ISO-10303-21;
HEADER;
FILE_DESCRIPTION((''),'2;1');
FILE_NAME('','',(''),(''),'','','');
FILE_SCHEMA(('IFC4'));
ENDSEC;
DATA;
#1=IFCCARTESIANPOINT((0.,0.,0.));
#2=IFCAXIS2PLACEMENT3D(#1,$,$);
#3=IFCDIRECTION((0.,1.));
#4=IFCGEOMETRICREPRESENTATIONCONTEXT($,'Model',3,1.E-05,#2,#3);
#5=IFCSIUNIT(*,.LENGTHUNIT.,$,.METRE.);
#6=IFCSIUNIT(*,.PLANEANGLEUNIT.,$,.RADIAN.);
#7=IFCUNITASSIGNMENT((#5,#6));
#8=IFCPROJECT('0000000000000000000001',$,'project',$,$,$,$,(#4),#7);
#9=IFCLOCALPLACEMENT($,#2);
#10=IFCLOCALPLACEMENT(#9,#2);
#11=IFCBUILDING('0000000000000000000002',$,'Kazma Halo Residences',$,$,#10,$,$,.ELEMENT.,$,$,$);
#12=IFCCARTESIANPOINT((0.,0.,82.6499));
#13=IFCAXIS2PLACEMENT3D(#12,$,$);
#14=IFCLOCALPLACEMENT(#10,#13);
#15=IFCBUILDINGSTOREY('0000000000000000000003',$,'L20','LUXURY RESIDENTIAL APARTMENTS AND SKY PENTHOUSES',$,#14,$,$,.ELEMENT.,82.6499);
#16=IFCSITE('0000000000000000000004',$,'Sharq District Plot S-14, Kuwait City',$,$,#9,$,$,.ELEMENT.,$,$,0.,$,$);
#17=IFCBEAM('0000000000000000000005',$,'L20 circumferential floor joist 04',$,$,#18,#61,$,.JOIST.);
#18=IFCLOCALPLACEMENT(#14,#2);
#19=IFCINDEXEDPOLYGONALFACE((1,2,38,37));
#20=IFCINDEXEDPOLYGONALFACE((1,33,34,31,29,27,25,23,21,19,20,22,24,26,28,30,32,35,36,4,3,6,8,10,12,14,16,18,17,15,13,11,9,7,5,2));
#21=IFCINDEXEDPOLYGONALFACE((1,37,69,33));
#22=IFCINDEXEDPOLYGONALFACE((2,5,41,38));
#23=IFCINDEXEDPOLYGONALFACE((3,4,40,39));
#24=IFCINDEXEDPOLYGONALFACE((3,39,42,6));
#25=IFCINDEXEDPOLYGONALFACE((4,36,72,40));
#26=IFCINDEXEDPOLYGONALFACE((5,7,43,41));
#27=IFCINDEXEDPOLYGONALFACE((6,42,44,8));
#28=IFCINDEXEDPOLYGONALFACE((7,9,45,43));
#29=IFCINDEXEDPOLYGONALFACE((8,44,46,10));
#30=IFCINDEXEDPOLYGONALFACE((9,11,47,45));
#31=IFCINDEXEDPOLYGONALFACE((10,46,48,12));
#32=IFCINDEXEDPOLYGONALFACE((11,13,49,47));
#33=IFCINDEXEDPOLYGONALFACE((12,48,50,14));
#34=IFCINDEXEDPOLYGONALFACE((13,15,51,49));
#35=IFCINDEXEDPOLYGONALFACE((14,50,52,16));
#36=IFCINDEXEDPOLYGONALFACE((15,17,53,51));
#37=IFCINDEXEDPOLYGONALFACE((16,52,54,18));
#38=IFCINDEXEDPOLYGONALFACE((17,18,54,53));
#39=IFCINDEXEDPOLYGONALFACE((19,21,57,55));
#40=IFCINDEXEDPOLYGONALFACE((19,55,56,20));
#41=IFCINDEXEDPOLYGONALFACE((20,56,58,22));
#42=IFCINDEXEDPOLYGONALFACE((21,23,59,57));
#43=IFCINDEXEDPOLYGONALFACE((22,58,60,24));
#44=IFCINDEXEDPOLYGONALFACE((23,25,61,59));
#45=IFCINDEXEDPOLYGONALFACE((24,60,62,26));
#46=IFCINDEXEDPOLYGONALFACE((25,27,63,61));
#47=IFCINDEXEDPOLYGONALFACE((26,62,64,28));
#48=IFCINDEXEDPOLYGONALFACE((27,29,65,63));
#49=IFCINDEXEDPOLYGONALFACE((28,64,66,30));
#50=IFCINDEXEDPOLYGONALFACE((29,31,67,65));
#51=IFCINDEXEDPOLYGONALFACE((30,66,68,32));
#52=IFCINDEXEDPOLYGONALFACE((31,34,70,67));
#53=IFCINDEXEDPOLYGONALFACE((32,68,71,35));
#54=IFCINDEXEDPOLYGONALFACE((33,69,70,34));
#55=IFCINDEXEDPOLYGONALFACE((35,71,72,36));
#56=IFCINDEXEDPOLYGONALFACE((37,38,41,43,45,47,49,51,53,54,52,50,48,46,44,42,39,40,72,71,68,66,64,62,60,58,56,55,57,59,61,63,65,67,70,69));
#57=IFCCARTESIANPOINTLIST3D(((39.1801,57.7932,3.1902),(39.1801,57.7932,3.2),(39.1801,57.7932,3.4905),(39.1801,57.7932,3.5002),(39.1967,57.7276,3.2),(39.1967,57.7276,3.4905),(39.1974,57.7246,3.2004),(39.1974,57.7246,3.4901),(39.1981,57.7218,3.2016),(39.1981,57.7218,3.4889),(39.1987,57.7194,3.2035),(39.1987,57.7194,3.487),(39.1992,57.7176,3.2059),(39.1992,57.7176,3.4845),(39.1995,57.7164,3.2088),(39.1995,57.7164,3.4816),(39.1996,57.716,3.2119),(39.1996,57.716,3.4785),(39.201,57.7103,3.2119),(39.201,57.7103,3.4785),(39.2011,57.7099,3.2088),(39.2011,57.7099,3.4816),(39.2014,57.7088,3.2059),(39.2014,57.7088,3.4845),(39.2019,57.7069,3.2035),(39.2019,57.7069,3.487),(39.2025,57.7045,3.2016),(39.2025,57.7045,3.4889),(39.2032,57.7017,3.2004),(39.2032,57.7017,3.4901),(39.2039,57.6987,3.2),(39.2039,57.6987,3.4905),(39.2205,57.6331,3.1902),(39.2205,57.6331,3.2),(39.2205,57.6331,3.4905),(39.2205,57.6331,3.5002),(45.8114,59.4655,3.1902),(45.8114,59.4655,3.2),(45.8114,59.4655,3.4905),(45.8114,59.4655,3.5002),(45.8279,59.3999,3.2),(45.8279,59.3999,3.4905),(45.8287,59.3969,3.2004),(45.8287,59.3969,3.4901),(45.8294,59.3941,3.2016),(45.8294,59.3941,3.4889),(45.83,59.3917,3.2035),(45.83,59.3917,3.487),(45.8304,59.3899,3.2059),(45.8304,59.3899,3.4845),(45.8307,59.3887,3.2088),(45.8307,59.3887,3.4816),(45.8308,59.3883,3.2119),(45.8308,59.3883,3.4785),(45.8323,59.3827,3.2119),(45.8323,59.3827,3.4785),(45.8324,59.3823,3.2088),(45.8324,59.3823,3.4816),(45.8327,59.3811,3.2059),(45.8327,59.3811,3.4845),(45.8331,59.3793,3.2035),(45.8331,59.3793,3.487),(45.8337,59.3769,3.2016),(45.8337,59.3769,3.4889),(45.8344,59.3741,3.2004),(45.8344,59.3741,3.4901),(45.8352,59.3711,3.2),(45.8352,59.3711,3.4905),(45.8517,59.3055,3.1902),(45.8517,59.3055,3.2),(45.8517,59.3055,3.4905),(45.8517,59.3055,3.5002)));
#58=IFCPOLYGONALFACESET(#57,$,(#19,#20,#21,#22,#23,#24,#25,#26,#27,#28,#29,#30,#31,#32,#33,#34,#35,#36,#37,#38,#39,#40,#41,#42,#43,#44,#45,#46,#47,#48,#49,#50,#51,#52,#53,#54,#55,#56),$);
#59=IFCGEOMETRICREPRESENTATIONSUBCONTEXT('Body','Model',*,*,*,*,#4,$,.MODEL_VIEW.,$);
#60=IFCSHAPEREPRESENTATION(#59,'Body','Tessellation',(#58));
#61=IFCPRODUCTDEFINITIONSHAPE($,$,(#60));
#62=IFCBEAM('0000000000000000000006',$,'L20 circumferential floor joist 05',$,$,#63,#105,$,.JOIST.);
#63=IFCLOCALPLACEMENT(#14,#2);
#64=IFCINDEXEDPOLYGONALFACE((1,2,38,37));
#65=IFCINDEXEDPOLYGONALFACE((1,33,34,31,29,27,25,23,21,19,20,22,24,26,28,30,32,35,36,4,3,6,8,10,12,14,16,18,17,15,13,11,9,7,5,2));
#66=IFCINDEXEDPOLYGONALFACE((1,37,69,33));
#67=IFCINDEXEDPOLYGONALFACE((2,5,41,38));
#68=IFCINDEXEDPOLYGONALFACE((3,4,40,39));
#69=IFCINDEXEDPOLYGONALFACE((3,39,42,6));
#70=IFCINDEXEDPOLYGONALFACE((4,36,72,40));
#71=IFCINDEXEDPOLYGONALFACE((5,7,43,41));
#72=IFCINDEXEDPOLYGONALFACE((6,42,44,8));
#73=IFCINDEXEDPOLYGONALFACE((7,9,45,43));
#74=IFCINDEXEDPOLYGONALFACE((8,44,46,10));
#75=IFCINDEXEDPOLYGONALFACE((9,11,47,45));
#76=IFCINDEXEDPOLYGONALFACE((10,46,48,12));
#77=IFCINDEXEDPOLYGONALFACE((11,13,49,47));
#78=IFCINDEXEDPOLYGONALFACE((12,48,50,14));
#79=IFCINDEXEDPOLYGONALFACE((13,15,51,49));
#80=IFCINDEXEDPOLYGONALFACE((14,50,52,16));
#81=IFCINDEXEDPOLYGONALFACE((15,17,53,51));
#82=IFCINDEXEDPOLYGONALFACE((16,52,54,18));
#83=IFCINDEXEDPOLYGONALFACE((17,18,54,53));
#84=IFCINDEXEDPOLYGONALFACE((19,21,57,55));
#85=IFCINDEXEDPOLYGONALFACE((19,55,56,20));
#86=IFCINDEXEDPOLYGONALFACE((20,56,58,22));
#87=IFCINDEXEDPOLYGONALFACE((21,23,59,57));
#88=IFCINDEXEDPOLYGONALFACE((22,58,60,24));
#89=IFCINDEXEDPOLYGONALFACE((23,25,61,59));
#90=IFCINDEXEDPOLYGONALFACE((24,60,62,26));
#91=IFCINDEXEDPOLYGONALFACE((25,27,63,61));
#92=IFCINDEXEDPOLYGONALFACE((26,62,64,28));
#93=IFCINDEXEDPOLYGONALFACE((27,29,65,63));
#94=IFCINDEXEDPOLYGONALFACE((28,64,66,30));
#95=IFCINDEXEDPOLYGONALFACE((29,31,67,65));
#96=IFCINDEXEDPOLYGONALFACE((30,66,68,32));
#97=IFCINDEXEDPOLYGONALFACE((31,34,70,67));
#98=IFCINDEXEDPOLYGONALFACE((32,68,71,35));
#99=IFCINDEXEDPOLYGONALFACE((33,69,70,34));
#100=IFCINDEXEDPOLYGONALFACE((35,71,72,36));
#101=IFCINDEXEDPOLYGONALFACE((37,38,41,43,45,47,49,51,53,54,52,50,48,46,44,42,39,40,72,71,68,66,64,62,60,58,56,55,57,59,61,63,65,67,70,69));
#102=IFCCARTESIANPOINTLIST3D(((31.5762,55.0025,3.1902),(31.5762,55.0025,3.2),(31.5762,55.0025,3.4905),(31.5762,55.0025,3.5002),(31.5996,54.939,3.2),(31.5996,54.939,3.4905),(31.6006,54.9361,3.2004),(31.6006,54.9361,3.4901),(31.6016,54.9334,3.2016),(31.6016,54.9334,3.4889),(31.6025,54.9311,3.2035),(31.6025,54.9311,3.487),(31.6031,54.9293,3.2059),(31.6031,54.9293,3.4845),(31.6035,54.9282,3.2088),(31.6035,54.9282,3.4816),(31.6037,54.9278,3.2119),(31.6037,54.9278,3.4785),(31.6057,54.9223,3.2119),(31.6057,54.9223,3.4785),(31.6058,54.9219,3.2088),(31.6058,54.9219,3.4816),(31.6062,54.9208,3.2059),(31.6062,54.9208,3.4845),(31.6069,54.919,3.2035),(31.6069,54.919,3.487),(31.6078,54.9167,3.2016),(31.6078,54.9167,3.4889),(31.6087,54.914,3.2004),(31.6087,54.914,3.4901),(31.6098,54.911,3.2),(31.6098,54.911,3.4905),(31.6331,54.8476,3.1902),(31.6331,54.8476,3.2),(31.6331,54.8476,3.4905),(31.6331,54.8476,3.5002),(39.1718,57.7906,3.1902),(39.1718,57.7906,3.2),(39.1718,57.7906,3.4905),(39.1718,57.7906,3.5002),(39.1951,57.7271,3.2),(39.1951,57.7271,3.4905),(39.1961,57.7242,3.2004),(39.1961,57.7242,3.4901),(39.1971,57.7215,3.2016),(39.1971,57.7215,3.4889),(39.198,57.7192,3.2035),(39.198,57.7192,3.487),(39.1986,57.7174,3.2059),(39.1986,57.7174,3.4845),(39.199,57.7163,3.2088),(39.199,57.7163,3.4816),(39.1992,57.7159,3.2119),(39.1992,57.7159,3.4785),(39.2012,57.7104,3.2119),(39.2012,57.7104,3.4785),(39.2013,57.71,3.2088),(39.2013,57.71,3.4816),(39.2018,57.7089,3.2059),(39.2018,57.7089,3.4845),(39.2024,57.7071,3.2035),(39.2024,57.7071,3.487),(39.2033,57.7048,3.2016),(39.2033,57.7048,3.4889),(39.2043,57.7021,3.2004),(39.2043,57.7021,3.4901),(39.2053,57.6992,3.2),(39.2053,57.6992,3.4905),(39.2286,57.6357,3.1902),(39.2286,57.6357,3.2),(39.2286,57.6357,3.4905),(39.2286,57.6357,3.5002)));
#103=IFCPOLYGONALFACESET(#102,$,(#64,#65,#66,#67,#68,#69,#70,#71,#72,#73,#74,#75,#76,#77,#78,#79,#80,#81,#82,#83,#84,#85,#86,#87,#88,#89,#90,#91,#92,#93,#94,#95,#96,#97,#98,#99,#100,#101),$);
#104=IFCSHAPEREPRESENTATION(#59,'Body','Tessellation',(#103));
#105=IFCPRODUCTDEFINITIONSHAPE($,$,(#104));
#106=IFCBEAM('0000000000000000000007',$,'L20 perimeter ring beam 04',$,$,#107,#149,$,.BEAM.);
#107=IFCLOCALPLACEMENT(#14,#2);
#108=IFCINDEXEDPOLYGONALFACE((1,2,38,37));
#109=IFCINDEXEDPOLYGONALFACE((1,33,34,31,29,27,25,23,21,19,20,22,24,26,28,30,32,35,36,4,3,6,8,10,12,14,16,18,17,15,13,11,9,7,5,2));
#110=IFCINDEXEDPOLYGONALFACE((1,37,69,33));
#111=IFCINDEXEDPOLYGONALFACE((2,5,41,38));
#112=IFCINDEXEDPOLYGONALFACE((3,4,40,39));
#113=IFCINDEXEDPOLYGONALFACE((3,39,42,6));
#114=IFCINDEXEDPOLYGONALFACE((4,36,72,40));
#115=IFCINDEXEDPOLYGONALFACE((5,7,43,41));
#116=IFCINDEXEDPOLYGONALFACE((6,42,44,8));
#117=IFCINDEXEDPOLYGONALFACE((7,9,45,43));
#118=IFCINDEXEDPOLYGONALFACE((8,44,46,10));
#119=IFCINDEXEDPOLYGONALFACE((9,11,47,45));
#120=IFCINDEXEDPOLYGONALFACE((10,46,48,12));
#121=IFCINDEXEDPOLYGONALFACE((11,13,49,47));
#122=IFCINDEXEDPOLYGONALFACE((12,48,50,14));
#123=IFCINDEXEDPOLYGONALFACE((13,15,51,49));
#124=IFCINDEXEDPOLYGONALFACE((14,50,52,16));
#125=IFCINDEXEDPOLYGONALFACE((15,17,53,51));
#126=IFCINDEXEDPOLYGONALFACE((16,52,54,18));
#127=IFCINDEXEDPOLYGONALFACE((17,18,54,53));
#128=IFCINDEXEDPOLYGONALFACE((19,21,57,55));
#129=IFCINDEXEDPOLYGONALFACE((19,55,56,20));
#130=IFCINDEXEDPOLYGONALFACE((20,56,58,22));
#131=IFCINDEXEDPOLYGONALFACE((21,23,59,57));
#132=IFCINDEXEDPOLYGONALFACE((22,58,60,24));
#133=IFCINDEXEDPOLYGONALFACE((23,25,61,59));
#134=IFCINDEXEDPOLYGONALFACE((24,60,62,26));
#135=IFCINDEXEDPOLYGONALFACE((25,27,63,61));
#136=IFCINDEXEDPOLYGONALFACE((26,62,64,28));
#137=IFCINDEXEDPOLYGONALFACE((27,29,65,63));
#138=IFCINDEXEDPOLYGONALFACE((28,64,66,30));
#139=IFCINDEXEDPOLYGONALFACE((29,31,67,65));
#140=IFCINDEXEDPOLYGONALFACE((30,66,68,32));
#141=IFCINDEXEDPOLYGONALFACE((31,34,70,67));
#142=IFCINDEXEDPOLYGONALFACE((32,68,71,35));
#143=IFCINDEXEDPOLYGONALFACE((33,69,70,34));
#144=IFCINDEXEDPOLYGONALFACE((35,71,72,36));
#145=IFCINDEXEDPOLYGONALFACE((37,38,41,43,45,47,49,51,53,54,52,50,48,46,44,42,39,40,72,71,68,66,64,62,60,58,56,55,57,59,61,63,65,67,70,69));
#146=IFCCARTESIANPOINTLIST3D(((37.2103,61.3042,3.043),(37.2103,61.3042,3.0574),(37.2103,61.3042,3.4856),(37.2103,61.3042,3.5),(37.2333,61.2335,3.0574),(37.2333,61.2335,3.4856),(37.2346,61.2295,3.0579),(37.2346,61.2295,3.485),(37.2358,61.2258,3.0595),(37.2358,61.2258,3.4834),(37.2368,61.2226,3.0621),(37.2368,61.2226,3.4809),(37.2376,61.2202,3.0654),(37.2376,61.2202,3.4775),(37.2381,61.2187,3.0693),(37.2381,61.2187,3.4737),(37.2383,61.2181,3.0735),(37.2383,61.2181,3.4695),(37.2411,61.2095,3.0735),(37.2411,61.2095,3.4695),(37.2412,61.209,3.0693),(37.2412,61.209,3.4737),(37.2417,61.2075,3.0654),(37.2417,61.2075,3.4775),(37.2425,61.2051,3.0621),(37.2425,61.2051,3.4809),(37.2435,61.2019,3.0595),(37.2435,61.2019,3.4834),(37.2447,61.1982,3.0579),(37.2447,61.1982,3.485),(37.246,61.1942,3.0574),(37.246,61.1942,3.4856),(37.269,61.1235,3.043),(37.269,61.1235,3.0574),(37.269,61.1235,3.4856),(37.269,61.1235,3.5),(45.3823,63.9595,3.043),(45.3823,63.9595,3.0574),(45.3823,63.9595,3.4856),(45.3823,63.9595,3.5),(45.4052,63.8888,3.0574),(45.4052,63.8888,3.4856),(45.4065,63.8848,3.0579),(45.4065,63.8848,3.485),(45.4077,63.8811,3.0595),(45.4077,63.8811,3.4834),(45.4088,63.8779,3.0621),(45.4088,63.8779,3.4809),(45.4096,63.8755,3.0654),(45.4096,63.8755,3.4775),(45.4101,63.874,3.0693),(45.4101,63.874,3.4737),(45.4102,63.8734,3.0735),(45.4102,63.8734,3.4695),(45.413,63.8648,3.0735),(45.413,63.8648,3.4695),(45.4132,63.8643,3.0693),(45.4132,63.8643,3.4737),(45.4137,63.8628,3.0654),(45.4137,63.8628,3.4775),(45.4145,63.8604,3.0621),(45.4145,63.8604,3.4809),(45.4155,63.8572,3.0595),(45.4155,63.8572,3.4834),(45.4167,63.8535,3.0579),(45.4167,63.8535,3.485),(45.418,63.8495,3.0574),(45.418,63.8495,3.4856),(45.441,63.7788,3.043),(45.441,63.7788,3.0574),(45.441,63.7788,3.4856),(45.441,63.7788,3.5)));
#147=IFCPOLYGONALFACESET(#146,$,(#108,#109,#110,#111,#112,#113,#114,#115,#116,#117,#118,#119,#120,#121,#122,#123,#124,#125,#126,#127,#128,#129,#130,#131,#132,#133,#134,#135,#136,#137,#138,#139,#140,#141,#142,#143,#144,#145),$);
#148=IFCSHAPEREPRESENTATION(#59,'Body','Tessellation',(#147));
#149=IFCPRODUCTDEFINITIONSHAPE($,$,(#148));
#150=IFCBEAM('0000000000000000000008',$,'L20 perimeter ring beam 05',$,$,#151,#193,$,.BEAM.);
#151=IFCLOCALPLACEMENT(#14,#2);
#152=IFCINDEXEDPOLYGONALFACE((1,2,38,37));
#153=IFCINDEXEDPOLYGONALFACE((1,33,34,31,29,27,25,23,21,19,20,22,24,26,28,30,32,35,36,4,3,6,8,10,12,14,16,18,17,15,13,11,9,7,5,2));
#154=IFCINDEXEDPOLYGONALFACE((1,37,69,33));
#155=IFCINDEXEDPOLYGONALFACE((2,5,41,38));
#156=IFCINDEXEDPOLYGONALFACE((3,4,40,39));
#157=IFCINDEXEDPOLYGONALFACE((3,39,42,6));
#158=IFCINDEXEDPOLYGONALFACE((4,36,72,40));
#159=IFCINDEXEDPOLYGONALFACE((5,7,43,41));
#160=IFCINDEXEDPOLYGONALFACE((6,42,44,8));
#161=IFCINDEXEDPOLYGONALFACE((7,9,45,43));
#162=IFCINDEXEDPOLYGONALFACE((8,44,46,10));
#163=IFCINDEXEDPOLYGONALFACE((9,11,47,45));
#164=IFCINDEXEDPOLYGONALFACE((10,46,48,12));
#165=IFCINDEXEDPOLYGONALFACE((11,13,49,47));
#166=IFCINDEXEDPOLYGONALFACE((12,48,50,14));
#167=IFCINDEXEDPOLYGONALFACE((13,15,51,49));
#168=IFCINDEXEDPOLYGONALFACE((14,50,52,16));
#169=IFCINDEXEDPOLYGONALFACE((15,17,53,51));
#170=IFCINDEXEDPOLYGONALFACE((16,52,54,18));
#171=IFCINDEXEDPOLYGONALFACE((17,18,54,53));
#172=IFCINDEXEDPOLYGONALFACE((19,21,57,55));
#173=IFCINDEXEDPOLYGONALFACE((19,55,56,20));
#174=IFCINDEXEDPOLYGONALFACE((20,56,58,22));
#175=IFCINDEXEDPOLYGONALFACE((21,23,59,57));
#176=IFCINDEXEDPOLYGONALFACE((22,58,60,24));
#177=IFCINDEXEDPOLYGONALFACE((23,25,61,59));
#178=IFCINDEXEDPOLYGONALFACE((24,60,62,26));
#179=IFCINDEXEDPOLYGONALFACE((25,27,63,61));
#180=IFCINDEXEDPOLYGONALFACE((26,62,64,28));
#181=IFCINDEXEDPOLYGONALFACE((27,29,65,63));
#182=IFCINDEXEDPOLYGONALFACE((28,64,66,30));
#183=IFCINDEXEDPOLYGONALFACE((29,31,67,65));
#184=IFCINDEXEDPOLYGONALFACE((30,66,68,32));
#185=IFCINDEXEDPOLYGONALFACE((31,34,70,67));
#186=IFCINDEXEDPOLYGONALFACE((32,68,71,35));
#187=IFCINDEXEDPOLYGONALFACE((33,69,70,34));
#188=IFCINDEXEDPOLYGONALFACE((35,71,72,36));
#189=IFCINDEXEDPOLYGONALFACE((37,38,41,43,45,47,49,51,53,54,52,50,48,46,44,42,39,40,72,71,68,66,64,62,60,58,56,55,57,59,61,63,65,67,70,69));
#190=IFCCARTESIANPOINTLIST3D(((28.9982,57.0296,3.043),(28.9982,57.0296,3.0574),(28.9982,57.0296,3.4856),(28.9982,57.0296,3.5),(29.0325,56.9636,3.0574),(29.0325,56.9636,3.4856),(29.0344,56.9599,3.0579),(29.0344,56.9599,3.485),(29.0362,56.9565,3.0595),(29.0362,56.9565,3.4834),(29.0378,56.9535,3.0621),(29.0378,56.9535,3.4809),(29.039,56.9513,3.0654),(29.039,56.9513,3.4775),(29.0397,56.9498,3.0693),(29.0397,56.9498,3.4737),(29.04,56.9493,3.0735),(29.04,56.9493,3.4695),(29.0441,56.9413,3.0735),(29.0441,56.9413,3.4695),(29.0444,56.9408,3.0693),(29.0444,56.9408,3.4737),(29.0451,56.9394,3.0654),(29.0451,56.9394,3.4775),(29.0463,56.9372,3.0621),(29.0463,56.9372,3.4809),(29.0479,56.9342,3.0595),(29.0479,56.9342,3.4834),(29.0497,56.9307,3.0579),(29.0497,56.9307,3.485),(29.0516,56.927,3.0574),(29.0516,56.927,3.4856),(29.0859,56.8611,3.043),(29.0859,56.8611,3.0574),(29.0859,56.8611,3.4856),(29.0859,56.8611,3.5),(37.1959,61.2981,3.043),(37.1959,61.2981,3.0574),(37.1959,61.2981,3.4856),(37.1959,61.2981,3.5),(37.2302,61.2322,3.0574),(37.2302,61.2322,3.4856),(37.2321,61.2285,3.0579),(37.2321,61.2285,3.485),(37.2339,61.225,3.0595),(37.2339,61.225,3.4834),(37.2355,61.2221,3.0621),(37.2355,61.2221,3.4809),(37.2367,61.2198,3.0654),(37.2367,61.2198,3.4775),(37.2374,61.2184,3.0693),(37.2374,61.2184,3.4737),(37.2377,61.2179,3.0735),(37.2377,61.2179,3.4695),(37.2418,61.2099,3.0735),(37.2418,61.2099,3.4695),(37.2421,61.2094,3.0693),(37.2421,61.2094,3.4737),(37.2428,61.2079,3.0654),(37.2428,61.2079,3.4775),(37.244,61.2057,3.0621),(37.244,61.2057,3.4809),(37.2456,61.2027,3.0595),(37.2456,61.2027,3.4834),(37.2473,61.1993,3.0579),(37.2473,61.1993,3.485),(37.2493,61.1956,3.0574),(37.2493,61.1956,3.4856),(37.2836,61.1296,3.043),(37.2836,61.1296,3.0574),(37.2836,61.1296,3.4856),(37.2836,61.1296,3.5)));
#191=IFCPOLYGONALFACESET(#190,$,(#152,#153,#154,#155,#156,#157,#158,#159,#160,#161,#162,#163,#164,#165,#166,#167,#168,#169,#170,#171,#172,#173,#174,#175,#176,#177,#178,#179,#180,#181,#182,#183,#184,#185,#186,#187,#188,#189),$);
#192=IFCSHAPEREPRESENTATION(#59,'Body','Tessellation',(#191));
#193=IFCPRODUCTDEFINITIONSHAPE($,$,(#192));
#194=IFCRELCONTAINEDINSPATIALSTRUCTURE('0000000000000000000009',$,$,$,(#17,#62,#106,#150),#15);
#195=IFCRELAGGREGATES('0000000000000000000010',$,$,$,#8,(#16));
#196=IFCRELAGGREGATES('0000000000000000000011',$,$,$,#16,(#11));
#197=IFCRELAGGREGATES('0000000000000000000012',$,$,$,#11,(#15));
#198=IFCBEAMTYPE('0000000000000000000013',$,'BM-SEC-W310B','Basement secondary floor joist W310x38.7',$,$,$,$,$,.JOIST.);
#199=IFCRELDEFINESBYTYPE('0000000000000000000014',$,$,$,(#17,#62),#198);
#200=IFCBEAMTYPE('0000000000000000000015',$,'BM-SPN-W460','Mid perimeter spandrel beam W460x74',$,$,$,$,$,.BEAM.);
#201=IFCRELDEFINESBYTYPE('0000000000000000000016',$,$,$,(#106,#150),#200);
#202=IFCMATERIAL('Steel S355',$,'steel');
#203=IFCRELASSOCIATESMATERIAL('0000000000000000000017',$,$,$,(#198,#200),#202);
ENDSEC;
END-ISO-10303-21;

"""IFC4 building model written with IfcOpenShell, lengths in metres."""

from ifc_helpers import new_model, si_unit, direction, frame, origin, origin_2d, place, context, subcontext, project, spatial, i_section, extrude, material, material_profile, profile_set, type_object, element, save


model = new_model("IFC4")

# Units and contexts
model_context = context("Model", 3, precision=1e-05, world=origin(), true_north=direction((0.0, 1.0)))
body_context = subcontext(model_context, "Body", "Model", "MODEL_VIEW")
ifc_project = project(units=[si_unit("LENGTHUNIT", "METRE"), si_unit("PLANEANGLEUNIT", "RADIAN")], contexts=[model_context])

# Site, building, storey
site_placement = place(None, origin())
site = spatial("IfcSite", under=ifc_project, at=site_placement, Name="Sharq District Plot S-14, Kuwait City", CompositionType="ELEMENT", RefElevation=0.0)
building_placement = place(site_placement, origin())
building = spatial("IfcBuilding", under=site, at=building_placement, Name="Kazma Halo Residences", CompositionType="ELEMENT")
storey_placement = place(building_placement, frame((0.0, 0.0, 82.6499)))
storey = spatial("IfcBuildingStorey", under=building, at=storey_placement, Name="L20", Description="LUXURY RESIDENTIAL APARTMENTS AND SKY PENTHOUSES", CompositionType="ELEMENT", Elevation=82.6499)

# Beams
ifc_material_1 = material(Name="Steel S355", Category="steel")
ifc_material_profile_1 = material_profile(ifc_material_1, i_section(OverallWidth=0.165, OverallDepth=0.3101, WebThickness=0.0059, FlangeThickness=0.0098, FilletRadius=0.012, at=origin_2d()), Name="W310x38.7")
ifc_profile_set_1 = profile_set([ifc_material_profile_1], Name="Steel S355")
beam_type_1 = type_object("IfcBeamType", Name="BM-SEC-W310B", Description="Basement secondary floor joist W310x38.7", PredefinedType="JOIST", material=ifc_profile_set_1)
beam_1_placement = place(storey_placement, frame((45.8315, 59.3855, 3.3452), z_axis=(-0.969641, -0.244534, 0.0), x_axis=(0.244534, -0.969641, 0.0)))
element("IfcBeam", 1, at=beam_1_placement, inside=storey, type_object=beam_type_1, Name="L20 circumferential floor joist 04", PredefinedType="JOIST", context=body_context, shape_type="SweptSolid", body=[
    extrude(i_section(OverallWidth=0.165, OverallDepth=0.3101, WebThickness=0.0059, FlangeThickness=0.0098, FilletRadius=0.012, at=origin_2d()), origin(), (0.0, 0.0, 1.0), 6.8389),
])
beam_2_placement = place(storey_placement, frame((39.2002, 57.7131, 3.3452), z_axis=(-0.938753, -0.344591, 0.0), x_axis=(0.344591, -0.938753, 0.0)))
element("IfcBeam", 2, at=beam_2_placement, inside=storey, type_object=beam_type_1, Name="L20 circumferential floor joist 05", PredefinedType="JOIST", context=body_context, shape_type="SweptSolid", body=[
    extrude(i_section(OverallWidth=0.165, OverallDepth=0.3101, WebThickness=0.0059, FlangeThickness=0.0098, FilletRadius=0.012, at=origin_2d()), origin(), (0.0, 0.0, 1.0), 8.0911),
])
ifc_material_profile_2 = material_profile(ifc_material_1, i_section(OverallWidth=0.1899, OverallDepth=0.457, WebThickness=0.009, FlangeThickness=0.0144, FilletRadius=0.0161, at=origin_2d()), Name="W460x74")
ifc_profile_set_2 = profile_set([ifc_material_profile_2], Name="Steel S355")
beam_type_2 = type_object("IfcBeamType", Name="BM-SPN-W460", Description="Mid perimeter spandrel beam W460x74", PredefinedType="BEAM", material=ifc_profile_set_2)
beam_3_placement = place(storey_placement, frame((45.4116, 63.8691, 3.2715), z_axis=(-0.951054, -0.309024, 0.0), x_axis=(0.309024, -0.951054, 0.0)))
element("IfcBeam", 3, at=beam_3_placement, inside=storey, type_object=beam_type_2, Name="L20 perimeter ring beam 04", PredefinedType="BEAM", context=body_context, shape_type="SweptSolid", body=[
    extrude(i_section(OverallWidth=0.1899, OverallDepth=0.457, WebThickness=0.009, FlangeThickness=0.0144, FilletRadius=0.0161, at=origin_2d()), origin(), (0.0, 0.0, 1.0), 8.5925),
])
beam_4_placement = place(storey_placement, frame((37.2397, 61.2139, 3.2715), z_axis=(-0.886963, -0.46184, 0.0), x_axis=(0.46184, -0.886963, 0.0)))
element("IfcBeam", 4, at=beam_4_placement, inside=storey, type_object=beam_type_2, Name="L20 perimeter ring beam 05", PredefinedType="BEAM", context=body_context, shape_type="SweptSolid", body=[
    extrude(i_section(OverallWidth=0.1899, OverallDepth=0.457, WebThickness=0.009, FlangeThickness=0.0144, FilletRadius=0.0161, at=origin_2d()), origin(), (0.0, 0.0, 1.0), 9.2424),
])

save(model, "model.ifc")
